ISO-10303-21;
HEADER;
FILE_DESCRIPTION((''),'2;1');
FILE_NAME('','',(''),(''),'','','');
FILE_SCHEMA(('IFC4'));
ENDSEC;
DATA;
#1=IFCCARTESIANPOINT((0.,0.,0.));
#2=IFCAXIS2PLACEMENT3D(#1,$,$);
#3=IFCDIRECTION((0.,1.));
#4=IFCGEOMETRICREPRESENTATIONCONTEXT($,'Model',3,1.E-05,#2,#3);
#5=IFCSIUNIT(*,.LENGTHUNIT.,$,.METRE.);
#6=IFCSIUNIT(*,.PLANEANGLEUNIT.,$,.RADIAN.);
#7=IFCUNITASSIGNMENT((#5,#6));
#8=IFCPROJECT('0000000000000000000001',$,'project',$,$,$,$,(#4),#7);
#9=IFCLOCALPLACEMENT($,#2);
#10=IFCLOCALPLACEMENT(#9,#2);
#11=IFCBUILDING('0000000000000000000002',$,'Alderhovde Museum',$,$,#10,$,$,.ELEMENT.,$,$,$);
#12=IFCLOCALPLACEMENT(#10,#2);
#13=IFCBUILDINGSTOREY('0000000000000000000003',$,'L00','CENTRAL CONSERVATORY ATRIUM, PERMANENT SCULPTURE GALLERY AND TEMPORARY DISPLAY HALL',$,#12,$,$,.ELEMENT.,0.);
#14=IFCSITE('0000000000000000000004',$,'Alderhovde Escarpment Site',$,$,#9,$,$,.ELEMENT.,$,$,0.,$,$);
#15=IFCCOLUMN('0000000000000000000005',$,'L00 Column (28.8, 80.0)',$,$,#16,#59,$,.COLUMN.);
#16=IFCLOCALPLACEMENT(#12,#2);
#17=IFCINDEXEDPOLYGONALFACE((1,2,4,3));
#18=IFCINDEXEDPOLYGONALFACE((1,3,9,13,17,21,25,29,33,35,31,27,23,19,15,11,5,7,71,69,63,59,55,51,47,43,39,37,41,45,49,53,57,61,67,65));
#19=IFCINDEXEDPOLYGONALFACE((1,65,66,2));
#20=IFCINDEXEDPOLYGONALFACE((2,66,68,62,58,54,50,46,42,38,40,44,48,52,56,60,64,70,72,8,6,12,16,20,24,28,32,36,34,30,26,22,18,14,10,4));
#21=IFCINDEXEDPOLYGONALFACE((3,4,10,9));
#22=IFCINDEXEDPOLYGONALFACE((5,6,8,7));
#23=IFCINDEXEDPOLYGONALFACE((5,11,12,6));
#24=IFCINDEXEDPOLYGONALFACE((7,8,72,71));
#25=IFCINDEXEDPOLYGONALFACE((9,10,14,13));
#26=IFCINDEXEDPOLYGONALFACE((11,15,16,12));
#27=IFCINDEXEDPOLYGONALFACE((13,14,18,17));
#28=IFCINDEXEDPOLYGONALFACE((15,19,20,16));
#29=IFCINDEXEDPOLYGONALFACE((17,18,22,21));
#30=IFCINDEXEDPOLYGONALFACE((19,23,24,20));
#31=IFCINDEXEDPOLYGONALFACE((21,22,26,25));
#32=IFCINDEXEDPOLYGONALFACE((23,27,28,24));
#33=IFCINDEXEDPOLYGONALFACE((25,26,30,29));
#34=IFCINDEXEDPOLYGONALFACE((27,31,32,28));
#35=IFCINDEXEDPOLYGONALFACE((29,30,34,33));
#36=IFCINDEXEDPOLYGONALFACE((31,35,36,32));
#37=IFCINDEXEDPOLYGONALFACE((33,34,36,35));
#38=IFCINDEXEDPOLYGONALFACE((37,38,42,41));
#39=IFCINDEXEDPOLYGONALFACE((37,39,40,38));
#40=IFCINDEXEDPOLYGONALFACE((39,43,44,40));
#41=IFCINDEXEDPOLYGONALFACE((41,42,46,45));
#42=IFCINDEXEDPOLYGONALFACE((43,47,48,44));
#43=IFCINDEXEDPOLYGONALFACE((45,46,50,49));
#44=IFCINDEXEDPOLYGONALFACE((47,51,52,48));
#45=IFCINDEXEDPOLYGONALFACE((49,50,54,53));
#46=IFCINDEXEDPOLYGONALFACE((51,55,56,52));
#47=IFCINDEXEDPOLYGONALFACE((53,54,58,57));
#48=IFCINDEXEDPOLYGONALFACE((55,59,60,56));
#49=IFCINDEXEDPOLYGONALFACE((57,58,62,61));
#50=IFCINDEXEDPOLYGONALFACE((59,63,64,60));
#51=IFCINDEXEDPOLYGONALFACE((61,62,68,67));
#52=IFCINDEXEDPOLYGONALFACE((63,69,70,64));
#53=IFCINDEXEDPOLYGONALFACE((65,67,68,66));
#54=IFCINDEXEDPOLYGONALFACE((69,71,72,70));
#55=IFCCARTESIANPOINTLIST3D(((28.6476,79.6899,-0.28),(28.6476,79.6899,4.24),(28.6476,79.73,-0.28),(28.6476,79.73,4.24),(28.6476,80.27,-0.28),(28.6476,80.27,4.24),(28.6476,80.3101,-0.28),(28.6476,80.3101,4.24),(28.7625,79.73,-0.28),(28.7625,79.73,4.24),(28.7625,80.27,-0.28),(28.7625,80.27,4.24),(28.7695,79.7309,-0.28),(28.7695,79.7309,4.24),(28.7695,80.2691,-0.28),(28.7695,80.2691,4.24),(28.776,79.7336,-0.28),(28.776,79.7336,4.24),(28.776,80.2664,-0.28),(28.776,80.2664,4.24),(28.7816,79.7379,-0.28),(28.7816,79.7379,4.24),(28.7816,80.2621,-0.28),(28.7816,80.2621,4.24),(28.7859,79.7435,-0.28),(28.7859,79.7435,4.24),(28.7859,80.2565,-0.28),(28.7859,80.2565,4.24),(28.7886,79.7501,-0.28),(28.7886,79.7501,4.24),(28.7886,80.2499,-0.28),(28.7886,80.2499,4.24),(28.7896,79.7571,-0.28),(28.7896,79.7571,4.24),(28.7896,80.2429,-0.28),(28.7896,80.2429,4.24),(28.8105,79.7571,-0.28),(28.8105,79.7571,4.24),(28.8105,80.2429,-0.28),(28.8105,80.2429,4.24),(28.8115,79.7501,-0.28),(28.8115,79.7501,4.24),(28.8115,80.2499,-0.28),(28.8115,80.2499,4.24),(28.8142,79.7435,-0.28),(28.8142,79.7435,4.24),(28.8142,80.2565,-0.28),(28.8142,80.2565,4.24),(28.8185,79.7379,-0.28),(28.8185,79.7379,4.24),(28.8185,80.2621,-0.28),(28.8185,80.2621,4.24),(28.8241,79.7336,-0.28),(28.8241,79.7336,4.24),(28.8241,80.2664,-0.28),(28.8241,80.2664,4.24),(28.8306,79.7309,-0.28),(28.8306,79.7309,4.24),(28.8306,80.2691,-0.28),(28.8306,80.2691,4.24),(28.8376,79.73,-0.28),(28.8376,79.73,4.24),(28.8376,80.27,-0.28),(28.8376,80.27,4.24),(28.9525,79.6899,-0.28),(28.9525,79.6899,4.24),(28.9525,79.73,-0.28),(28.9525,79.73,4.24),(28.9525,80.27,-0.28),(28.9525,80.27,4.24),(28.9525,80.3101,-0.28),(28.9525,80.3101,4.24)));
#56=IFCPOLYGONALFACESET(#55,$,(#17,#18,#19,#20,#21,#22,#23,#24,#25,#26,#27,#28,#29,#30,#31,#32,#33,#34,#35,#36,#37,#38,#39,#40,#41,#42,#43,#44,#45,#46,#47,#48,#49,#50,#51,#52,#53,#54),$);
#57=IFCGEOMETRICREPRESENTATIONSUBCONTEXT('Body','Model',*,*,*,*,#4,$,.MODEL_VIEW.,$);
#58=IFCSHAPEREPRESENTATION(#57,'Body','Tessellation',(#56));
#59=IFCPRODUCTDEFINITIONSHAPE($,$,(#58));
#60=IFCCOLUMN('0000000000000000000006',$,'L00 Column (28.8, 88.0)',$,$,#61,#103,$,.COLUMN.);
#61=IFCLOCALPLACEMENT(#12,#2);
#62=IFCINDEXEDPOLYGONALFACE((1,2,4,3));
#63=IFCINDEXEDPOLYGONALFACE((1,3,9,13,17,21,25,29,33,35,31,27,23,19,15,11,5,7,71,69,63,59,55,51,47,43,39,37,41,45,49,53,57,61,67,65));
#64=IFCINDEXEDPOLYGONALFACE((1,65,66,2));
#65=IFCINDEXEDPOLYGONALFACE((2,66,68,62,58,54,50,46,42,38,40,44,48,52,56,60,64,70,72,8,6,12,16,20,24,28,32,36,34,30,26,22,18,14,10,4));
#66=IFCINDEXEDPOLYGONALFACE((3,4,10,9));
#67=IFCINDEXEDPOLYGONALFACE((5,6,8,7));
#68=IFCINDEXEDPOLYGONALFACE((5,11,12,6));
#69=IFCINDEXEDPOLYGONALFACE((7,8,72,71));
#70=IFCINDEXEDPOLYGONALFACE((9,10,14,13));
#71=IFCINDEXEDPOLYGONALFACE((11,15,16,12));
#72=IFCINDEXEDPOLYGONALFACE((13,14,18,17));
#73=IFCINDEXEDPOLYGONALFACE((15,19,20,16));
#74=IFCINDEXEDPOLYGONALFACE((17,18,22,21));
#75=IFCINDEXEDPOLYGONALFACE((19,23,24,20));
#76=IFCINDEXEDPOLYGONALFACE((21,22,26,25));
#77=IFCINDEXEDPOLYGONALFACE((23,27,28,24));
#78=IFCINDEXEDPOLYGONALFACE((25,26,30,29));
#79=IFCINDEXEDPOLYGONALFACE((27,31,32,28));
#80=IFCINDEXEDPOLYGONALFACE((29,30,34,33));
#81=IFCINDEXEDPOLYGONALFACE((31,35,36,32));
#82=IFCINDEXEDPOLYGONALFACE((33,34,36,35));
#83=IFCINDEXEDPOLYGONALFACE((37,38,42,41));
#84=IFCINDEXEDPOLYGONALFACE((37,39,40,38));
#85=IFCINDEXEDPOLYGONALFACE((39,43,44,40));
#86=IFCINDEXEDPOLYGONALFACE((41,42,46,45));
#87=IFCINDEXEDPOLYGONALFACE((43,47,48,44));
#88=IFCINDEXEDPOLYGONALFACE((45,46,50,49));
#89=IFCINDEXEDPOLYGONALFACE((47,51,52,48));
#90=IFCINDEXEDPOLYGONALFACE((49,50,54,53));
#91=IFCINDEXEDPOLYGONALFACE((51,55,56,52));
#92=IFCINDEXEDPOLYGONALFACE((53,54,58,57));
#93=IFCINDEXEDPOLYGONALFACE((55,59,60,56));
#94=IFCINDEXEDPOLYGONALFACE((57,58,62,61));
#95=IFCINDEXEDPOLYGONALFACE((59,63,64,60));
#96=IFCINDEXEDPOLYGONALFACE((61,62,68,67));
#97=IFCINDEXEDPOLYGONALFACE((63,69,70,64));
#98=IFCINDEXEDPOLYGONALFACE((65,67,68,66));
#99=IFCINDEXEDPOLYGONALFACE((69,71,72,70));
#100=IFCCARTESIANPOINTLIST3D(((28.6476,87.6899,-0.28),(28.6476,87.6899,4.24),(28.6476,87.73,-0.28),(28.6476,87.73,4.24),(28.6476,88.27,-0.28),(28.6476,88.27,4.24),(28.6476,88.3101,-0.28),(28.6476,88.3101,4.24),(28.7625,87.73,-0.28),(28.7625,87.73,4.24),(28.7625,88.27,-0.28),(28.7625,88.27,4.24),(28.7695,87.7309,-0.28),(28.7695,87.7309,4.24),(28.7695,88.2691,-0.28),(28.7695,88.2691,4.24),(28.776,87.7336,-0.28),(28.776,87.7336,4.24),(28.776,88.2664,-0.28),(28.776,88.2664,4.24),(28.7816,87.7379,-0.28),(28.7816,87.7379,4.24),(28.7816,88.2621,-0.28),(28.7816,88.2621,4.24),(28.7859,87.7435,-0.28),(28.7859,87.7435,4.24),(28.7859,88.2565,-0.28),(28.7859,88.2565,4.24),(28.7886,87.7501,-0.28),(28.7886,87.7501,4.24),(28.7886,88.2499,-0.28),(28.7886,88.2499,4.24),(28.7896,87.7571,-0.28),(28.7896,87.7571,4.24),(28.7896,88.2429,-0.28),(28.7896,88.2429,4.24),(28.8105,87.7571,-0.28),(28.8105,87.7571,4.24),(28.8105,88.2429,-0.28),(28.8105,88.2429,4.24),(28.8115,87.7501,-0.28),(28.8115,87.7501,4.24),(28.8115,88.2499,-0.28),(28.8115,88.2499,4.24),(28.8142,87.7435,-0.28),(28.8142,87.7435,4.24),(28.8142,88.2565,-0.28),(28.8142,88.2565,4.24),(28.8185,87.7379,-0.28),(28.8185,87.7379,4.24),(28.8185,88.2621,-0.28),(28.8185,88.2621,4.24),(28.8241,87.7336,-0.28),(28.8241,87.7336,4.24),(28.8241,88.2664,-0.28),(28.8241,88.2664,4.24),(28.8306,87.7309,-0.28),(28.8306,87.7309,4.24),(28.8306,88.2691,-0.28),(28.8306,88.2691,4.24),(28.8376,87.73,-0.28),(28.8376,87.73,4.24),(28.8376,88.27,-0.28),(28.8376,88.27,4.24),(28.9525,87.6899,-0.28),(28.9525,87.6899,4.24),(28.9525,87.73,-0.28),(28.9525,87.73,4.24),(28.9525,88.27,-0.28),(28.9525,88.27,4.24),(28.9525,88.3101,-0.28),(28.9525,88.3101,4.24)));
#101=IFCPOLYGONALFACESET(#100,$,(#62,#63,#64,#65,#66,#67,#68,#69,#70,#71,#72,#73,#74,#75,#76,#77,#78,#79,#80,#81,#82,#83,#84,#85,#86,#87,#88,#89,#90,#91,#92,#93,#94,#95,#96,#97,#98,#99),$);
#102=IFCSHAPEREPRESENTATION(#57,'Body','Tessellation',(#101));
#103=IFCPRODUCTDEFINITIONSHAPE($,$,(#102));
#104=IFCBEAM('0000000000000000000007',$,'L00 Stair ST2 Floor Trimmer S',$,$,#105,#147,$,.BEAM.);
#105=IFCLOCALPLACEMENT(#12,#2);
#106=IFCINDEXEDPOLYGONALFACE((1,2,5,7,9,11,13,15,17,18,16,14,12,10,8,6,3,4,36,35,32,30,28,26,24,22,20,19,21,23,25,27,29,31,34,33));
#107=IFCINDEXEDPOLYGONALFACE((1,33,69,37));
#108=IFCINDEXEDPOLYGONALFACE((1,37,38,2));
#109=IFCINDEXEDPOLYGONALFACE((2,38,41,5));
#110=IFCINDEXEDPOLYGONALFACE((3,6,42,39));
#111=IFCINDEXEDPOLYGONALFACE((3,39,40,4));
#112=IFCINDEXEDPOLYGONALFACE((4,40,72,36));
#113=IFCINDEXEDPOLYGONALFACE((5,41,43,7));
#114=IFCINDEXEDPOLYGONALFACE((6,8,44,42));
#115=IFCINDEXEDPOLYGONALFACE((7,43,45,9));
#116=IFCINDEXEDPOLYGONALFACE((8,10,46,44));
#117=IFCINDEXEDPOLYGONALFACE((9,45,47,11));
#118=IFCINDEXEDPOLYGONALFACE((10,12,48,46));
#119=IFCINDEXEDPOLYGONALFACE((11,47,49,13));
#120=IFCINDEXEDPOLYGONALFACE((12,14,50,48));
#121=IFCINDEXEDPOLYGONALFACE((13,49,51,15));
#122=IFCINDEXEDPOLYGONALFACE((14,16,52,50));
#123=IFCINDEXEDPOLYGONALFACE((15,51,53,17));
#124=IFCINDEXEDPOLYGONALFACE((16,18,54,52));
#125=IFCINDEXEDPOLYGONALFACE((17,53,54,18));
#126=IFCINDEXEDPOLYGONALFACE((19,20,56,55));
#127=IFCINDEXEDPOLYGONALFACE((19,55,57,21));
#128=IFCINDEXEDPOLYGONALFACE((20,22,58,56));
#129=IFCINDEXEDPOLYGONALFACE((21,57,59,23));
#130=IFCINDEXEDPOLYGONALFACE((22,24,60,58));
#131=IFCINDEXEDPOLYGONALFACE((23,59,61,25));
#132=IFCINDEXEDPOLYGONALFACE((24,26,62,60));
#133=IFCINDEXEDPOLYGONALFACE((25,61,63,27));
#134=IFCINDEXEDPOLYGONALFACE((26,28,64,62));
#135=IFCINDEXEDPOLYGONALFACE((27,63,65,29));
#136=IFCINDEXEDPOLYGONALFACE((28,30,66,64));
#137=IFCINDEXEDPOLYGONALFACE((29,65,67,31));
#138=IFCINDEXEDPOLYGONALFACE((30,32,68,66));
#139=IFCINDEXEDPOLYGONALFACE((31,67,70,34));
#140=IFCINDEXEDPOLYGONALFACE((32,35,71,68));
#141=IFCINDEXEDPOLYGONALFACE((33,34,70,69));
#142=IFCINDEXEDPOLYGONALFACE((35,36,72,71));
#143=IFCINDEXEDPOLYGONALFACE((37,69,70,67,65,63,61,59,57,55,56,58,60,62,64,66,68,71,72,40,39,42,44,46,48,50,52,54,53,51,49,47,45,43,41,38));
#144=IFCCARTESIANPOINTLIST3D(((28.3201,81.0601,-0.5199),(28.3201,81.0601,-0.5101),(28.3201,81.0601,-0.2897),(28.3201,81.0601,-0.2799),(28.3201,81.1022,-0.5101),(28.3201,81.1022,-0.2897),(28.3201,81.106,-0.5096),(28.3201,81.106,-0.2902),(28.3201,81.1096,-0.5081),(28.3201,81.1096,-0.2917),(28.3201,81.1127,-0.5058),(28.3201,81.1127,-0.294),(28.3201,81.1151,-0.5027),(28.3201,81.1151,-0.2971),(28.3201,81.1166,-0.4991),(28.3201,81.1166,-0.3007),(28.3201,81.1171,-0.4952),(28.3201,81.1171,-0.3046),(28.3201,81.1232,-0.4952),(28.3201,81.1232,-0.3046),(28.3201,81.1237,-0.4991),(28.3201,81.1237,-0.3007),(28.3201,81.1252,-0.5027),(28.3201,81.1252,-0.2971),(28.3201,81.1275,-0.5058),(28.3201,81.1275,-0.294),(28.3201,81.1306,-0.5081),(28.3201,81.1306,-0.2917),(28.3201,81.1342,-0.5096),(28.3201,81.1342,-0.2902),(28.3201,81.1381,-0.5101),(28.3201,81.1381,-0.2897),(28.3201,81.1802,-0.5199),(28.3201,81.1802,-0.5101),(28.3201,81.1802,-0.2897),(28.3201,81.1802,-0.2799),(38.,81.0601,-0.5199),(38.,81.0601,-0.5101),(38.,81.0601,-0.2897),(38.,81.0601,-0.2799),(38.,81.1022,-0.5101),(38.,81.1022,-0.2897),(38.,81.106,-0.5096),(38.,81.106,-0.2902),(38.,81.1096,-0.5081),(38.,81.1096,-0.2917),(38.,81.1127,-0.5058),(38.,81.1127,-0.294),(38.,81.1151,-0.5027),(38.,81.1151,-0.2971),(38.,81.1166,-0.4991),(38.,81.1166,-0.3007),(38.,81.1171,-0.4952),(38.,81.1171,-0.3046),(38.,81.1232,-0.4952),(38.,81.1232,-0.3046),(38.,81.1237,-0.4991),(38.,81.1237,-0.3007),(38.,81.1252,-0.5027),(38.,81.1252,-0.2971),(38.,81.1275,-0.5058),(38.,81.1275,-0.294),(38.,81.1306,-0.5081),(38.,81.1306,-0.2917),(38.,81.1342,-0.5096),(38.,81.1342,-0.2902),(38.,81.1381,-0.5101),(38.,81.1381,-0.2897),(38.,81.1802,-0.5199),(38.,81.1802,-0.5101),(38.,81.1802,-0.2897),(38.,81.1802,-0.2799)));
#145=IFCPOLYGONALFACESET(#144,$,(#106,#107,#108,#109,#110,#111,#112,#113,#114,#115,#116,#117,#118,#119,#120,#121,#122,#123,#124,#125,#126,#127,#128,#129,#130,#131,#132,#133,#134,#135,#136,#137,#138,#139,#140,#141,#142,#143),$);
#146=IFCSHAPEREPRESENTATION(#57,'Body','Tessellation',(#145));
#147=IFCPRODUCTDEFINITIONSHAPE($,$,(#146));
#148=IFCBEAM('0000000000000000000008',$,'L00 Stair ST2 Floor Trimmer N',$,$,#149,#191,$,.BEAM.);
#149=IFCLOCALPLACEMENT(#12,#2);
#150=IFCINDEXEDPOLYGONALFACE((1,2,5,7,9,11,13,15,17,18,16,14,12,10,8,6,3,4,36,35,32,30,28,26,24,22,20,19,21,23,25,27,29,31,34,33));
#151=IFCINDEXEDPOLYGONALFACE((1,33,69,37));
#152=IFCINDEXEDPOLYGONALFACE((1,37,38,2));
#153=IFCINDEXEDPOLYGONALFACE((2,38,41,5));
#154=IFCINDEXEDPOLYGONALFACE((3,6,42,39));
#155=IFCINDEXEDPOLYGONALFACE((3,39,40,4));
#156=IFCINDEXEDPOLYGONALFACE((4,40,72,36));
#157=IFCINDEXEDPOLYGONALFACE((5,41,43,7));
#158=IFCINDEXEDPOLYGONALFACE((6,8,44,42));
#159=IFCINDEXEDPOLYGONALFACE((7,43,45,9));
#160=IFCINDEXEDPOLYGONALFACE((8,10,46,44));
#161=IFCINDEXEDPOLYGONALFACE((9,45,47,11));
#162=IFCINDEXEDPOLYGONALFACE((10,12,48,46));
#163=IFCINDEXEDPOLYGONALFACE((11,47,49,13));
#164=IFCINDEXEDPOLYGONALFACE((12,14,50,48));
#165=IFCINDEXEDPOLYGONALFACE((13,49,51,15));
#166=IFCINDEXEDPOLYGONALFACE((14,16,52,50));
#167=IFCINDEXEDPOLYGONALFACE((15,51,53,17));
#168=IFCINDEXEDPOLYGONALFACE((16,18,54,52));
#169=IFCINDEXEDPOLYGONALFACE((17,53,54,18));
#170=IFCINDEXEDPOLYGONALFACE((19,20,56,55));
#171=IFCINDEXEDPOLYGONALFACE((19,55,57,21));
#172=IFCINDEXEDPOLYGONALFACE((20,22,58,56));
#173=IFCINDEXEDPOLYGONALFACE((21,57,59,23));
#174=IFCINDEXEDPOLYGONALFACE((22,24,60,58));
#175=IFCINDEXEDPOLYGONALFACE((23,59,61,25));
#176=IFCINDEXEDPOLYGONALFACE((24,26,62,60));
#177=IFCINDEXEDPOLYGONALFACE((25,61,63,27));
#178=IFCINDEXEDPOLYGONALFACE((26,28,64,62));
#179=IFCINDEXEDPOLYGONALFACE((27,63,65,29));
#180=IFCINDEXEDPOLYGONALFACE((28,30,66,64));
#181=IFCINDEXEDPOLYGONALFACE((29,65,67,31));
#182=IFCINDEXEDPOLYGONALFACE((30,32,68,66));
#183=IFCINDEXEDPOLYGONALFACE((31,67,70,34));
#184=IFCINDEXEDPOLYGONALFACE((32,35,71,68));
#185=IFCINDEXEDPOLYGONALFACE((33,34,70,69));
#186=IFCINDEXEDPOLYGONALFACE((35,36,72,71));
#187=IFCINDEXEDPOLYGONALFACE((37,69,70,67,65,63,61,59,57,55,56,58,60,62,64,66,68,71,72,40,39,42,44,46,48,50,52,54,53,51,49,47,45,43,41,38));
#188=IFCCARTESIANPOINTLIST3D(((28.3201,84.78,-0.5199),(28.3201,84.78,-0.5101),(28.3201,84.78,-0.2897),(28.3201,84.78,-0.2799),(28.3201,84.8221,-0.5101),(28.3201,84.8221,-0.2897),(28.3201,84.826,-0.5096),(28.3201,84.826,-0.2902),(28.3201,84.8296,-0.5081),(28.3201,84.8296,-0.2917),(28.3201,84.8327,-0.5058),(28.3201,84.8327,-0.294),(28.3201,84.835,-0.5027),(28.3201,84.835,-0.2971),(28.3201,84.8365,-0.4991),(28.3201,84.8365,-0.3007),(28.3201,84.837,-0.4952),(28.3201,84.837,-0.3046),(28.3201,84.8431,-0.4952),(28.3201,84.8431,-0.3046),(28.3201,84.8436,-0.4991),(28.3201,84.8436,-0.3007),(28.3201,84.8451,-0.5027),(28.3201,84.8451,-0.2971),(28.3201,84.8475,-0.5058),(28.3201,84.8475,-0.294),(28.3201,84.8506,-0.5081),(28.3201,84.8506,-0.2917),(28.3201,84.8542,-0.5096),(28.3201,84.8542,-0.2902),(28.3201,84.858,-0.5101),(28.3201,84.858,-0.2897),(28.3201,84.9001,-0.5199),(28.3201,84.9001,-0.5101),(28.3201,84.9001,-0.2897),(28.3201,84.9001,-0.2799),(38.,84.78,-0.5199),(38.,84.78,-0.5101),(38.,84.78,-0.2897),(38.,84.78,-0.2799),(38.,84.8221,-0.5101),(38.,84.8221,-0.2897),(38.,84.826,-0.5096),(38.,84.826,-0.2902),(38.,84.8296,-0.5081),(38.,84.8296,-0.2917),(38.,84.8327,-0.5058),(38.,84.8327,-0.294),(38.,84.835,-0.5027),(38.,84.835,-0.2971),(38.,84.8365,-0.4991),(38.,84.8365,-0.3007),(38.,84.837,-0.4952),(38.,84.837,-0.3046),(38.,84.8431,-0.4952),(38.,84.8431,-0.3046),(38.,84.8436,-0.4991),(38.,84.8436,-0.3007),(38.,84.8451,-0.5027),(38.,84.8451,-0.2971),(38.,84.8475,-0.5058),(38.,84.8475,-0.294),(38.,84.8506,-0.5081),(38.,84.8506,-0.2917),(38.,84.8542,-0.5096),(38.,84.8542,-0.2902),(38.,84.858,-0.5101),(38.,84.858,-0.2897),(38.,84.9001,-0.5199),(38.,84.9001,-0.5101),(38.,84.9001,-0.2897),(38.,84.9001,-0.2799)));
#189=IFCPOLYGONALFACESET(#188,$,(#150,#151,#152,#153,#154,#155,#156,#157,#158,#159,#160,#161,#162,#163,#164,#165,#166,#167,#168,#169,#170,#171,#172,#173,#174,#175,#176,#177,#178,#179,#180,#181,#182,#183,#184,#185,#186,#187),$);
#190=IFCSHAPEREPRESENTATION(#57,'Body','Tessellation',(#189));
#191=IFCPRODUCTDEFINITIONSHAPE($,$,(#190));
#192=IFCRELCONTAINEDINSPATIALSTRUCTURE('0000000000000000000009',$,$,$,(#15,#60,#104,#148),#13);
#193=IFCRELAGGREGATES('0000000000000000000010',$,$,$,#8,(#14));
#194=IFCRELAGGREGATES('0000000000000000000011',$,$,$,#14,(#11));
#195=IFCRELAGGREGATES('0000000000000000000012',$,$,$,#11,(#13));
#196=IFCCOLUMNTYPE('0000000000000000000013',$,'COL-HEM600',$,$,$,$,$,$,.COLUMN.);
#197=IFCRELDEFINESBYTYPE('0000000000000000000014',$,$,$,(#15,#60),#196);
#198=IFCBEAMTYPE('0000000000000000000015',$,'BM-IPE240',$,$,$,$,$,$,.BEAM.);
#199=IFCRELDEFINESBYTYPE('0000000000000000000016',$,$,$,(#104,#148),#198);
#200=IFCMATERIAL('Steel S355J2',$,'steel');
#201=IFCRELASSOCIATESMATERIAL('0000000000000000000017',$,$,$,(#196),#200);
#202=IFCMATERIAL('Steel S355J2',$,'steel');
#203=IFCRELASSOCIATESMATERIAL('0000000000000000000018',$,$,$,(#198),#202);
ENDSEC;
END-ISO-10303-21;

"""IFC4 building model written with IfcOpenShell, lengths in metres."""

from ifc_helpers import new_model, si_unit, direction, frame, origin, origin_2d, place, context, subcontext, project, spatial, i_section, extrude, material, material_profile, profile_set, type_object, element, save


model = new_model("IFC4")

# Units and contexts
model_context = context("Model", 3, precision=1e-05, world=origin(), true_north=direction((0.0, 1.0)))
body_context = subcontext(model_context, "Body", "Model", "MODEL_VIEW")
ifc_project = project(units=[si_unit("LENGTHUNIT", "METRE"), si_unit("PLANEANGLEUNIT", "RADIAN")], contexts=[model_context])

# Site, building, storey
site_placement = place(None, origin())
site = spatial("IfcSite", under=ifc_project, at=site_placement, Name="Alderhovde Escarpment Site", CompositionType="ELEMENT", RefElevation=0.0)
building_placement = place(site_placement, origin())
building = spatial("IfcBuilding", under=site, at=building_placement, Name="Alderhovde Museum", CompositionType="ELEMENT")
storey_placement = place(building_placement, origin())
storey = spatial("IfcBuildingStorey", under=building, at=storey_placement, Name="L00", Description="CENTRAL CONSERVATORY ATRIUM, PERMANENT SCULPTURE GALLERY AND TEMPORARY DISPLAY HALL", CompositionType="ELEMENT", Elevation=0.0)

# Columns
ifc_material_1 = material(Name="Steel S355J2", Category="steel")
ifc_material_profile_1 = material_profile(ifc_material_1, i_section(OverallWidth=0.3049, OverallDepth=0.6201, WebThickness=0.021, FlangeThickness=0.04, FilletRadius=0.0271, at=origin_2d()), Name="HEM 600")
ifc_profile_set_1 = profile_set([ifc_material_profile_1], Name="Steel S355J2")
column_type_1 = type_object("IfcColumnType", Name="COL-HEM600", PredefinedType="COLUMN", material=ifc_profile_set_1)
for number, where, z_axis, x_axis, name in (
    (1, (28.8, 80.0, -0.28), (0.0, 0.0, 1.0), (1.0, 0.0, 0.0), "L00 Column (28.8, 80.0)"),
    (2, (28.8, 88.0, -0.28), (0.0, 0.0, 1.0), (1.0, 0.0, 0.0), "L00 Column (28.8, 88.0)"),
):
    element("IfcColumn", number, at=place(storey_placement, frame(where, z_axis=z_axis, x_axis=x_axis)), inside=storey, type_object=column_type_1, Name=name, PredefinedType="COLUMN", context=body_context, shape_type="SweptSolid", body=[
        extrude(i_section(OverallWidth=0.3049, OverallDepth=0.6201, WebThickness=0.021, FlangeThickness=0.04, FilletRadius=0.0271, at=origin_2d()), origin(), (0.0, 0.0, 1.0), 4.52),
    ])

# Beams
ifc_material_2 = material(Name="Steel S355J2", Category="steel")
ifc_material_profile_2 = material_profile(ifc_material_2, i_section(OverallWidth=0.1201, OverallDepth=0.24, WebThickness=0.0061, FlangeThickness=0.0098, FilletRadius=0.0149, at=origin_2d()), Name="IPE 240")
ifc_profile_set_2 = profile_set([ifc_material_profile_2], Name="Steel S355J2")
beam_type_1 = type_object("IfcBeamType", Name="BM-IPE240", PredefinedType="BEAM", material=ifc_profile_set_2)
for number, where, z_axis, x_axis, name in (
    (3, (28.3201, 81.1201, -0.3999), (1.0, 0.0, 0.0), (0.0, 1.0, 0.0), "L00 Stair ST2 Floor Trimmer S"),
    (4, (28.3201, 84.8401, -0.3999), (1.0, 0.0, 0.0), (0.0, 1.0, 0.0), "L00 Stair ST2 Floor Trimmer N"),
):
    element("IfcBeam", number, at=place(storey_placement, frame(where, z_axis=z_axis, x_axis=x_axis)), inside=storey, type_object=beam_type_1, Name=name, PredefinedType="BEAM", context=body_context, shape_type="SweptSolid", body=[
        extrude(i_section(OverallWidth=0.1201, OverallDepth=0.24, WebThickness=0.0061, FlangeThickness=0.0098, FilletRadius=0.0149, at=origin_2d()), origin(), (0.0, 0.0, 1.0), 9.6799),
    ])

save(model, "model.ifc")
